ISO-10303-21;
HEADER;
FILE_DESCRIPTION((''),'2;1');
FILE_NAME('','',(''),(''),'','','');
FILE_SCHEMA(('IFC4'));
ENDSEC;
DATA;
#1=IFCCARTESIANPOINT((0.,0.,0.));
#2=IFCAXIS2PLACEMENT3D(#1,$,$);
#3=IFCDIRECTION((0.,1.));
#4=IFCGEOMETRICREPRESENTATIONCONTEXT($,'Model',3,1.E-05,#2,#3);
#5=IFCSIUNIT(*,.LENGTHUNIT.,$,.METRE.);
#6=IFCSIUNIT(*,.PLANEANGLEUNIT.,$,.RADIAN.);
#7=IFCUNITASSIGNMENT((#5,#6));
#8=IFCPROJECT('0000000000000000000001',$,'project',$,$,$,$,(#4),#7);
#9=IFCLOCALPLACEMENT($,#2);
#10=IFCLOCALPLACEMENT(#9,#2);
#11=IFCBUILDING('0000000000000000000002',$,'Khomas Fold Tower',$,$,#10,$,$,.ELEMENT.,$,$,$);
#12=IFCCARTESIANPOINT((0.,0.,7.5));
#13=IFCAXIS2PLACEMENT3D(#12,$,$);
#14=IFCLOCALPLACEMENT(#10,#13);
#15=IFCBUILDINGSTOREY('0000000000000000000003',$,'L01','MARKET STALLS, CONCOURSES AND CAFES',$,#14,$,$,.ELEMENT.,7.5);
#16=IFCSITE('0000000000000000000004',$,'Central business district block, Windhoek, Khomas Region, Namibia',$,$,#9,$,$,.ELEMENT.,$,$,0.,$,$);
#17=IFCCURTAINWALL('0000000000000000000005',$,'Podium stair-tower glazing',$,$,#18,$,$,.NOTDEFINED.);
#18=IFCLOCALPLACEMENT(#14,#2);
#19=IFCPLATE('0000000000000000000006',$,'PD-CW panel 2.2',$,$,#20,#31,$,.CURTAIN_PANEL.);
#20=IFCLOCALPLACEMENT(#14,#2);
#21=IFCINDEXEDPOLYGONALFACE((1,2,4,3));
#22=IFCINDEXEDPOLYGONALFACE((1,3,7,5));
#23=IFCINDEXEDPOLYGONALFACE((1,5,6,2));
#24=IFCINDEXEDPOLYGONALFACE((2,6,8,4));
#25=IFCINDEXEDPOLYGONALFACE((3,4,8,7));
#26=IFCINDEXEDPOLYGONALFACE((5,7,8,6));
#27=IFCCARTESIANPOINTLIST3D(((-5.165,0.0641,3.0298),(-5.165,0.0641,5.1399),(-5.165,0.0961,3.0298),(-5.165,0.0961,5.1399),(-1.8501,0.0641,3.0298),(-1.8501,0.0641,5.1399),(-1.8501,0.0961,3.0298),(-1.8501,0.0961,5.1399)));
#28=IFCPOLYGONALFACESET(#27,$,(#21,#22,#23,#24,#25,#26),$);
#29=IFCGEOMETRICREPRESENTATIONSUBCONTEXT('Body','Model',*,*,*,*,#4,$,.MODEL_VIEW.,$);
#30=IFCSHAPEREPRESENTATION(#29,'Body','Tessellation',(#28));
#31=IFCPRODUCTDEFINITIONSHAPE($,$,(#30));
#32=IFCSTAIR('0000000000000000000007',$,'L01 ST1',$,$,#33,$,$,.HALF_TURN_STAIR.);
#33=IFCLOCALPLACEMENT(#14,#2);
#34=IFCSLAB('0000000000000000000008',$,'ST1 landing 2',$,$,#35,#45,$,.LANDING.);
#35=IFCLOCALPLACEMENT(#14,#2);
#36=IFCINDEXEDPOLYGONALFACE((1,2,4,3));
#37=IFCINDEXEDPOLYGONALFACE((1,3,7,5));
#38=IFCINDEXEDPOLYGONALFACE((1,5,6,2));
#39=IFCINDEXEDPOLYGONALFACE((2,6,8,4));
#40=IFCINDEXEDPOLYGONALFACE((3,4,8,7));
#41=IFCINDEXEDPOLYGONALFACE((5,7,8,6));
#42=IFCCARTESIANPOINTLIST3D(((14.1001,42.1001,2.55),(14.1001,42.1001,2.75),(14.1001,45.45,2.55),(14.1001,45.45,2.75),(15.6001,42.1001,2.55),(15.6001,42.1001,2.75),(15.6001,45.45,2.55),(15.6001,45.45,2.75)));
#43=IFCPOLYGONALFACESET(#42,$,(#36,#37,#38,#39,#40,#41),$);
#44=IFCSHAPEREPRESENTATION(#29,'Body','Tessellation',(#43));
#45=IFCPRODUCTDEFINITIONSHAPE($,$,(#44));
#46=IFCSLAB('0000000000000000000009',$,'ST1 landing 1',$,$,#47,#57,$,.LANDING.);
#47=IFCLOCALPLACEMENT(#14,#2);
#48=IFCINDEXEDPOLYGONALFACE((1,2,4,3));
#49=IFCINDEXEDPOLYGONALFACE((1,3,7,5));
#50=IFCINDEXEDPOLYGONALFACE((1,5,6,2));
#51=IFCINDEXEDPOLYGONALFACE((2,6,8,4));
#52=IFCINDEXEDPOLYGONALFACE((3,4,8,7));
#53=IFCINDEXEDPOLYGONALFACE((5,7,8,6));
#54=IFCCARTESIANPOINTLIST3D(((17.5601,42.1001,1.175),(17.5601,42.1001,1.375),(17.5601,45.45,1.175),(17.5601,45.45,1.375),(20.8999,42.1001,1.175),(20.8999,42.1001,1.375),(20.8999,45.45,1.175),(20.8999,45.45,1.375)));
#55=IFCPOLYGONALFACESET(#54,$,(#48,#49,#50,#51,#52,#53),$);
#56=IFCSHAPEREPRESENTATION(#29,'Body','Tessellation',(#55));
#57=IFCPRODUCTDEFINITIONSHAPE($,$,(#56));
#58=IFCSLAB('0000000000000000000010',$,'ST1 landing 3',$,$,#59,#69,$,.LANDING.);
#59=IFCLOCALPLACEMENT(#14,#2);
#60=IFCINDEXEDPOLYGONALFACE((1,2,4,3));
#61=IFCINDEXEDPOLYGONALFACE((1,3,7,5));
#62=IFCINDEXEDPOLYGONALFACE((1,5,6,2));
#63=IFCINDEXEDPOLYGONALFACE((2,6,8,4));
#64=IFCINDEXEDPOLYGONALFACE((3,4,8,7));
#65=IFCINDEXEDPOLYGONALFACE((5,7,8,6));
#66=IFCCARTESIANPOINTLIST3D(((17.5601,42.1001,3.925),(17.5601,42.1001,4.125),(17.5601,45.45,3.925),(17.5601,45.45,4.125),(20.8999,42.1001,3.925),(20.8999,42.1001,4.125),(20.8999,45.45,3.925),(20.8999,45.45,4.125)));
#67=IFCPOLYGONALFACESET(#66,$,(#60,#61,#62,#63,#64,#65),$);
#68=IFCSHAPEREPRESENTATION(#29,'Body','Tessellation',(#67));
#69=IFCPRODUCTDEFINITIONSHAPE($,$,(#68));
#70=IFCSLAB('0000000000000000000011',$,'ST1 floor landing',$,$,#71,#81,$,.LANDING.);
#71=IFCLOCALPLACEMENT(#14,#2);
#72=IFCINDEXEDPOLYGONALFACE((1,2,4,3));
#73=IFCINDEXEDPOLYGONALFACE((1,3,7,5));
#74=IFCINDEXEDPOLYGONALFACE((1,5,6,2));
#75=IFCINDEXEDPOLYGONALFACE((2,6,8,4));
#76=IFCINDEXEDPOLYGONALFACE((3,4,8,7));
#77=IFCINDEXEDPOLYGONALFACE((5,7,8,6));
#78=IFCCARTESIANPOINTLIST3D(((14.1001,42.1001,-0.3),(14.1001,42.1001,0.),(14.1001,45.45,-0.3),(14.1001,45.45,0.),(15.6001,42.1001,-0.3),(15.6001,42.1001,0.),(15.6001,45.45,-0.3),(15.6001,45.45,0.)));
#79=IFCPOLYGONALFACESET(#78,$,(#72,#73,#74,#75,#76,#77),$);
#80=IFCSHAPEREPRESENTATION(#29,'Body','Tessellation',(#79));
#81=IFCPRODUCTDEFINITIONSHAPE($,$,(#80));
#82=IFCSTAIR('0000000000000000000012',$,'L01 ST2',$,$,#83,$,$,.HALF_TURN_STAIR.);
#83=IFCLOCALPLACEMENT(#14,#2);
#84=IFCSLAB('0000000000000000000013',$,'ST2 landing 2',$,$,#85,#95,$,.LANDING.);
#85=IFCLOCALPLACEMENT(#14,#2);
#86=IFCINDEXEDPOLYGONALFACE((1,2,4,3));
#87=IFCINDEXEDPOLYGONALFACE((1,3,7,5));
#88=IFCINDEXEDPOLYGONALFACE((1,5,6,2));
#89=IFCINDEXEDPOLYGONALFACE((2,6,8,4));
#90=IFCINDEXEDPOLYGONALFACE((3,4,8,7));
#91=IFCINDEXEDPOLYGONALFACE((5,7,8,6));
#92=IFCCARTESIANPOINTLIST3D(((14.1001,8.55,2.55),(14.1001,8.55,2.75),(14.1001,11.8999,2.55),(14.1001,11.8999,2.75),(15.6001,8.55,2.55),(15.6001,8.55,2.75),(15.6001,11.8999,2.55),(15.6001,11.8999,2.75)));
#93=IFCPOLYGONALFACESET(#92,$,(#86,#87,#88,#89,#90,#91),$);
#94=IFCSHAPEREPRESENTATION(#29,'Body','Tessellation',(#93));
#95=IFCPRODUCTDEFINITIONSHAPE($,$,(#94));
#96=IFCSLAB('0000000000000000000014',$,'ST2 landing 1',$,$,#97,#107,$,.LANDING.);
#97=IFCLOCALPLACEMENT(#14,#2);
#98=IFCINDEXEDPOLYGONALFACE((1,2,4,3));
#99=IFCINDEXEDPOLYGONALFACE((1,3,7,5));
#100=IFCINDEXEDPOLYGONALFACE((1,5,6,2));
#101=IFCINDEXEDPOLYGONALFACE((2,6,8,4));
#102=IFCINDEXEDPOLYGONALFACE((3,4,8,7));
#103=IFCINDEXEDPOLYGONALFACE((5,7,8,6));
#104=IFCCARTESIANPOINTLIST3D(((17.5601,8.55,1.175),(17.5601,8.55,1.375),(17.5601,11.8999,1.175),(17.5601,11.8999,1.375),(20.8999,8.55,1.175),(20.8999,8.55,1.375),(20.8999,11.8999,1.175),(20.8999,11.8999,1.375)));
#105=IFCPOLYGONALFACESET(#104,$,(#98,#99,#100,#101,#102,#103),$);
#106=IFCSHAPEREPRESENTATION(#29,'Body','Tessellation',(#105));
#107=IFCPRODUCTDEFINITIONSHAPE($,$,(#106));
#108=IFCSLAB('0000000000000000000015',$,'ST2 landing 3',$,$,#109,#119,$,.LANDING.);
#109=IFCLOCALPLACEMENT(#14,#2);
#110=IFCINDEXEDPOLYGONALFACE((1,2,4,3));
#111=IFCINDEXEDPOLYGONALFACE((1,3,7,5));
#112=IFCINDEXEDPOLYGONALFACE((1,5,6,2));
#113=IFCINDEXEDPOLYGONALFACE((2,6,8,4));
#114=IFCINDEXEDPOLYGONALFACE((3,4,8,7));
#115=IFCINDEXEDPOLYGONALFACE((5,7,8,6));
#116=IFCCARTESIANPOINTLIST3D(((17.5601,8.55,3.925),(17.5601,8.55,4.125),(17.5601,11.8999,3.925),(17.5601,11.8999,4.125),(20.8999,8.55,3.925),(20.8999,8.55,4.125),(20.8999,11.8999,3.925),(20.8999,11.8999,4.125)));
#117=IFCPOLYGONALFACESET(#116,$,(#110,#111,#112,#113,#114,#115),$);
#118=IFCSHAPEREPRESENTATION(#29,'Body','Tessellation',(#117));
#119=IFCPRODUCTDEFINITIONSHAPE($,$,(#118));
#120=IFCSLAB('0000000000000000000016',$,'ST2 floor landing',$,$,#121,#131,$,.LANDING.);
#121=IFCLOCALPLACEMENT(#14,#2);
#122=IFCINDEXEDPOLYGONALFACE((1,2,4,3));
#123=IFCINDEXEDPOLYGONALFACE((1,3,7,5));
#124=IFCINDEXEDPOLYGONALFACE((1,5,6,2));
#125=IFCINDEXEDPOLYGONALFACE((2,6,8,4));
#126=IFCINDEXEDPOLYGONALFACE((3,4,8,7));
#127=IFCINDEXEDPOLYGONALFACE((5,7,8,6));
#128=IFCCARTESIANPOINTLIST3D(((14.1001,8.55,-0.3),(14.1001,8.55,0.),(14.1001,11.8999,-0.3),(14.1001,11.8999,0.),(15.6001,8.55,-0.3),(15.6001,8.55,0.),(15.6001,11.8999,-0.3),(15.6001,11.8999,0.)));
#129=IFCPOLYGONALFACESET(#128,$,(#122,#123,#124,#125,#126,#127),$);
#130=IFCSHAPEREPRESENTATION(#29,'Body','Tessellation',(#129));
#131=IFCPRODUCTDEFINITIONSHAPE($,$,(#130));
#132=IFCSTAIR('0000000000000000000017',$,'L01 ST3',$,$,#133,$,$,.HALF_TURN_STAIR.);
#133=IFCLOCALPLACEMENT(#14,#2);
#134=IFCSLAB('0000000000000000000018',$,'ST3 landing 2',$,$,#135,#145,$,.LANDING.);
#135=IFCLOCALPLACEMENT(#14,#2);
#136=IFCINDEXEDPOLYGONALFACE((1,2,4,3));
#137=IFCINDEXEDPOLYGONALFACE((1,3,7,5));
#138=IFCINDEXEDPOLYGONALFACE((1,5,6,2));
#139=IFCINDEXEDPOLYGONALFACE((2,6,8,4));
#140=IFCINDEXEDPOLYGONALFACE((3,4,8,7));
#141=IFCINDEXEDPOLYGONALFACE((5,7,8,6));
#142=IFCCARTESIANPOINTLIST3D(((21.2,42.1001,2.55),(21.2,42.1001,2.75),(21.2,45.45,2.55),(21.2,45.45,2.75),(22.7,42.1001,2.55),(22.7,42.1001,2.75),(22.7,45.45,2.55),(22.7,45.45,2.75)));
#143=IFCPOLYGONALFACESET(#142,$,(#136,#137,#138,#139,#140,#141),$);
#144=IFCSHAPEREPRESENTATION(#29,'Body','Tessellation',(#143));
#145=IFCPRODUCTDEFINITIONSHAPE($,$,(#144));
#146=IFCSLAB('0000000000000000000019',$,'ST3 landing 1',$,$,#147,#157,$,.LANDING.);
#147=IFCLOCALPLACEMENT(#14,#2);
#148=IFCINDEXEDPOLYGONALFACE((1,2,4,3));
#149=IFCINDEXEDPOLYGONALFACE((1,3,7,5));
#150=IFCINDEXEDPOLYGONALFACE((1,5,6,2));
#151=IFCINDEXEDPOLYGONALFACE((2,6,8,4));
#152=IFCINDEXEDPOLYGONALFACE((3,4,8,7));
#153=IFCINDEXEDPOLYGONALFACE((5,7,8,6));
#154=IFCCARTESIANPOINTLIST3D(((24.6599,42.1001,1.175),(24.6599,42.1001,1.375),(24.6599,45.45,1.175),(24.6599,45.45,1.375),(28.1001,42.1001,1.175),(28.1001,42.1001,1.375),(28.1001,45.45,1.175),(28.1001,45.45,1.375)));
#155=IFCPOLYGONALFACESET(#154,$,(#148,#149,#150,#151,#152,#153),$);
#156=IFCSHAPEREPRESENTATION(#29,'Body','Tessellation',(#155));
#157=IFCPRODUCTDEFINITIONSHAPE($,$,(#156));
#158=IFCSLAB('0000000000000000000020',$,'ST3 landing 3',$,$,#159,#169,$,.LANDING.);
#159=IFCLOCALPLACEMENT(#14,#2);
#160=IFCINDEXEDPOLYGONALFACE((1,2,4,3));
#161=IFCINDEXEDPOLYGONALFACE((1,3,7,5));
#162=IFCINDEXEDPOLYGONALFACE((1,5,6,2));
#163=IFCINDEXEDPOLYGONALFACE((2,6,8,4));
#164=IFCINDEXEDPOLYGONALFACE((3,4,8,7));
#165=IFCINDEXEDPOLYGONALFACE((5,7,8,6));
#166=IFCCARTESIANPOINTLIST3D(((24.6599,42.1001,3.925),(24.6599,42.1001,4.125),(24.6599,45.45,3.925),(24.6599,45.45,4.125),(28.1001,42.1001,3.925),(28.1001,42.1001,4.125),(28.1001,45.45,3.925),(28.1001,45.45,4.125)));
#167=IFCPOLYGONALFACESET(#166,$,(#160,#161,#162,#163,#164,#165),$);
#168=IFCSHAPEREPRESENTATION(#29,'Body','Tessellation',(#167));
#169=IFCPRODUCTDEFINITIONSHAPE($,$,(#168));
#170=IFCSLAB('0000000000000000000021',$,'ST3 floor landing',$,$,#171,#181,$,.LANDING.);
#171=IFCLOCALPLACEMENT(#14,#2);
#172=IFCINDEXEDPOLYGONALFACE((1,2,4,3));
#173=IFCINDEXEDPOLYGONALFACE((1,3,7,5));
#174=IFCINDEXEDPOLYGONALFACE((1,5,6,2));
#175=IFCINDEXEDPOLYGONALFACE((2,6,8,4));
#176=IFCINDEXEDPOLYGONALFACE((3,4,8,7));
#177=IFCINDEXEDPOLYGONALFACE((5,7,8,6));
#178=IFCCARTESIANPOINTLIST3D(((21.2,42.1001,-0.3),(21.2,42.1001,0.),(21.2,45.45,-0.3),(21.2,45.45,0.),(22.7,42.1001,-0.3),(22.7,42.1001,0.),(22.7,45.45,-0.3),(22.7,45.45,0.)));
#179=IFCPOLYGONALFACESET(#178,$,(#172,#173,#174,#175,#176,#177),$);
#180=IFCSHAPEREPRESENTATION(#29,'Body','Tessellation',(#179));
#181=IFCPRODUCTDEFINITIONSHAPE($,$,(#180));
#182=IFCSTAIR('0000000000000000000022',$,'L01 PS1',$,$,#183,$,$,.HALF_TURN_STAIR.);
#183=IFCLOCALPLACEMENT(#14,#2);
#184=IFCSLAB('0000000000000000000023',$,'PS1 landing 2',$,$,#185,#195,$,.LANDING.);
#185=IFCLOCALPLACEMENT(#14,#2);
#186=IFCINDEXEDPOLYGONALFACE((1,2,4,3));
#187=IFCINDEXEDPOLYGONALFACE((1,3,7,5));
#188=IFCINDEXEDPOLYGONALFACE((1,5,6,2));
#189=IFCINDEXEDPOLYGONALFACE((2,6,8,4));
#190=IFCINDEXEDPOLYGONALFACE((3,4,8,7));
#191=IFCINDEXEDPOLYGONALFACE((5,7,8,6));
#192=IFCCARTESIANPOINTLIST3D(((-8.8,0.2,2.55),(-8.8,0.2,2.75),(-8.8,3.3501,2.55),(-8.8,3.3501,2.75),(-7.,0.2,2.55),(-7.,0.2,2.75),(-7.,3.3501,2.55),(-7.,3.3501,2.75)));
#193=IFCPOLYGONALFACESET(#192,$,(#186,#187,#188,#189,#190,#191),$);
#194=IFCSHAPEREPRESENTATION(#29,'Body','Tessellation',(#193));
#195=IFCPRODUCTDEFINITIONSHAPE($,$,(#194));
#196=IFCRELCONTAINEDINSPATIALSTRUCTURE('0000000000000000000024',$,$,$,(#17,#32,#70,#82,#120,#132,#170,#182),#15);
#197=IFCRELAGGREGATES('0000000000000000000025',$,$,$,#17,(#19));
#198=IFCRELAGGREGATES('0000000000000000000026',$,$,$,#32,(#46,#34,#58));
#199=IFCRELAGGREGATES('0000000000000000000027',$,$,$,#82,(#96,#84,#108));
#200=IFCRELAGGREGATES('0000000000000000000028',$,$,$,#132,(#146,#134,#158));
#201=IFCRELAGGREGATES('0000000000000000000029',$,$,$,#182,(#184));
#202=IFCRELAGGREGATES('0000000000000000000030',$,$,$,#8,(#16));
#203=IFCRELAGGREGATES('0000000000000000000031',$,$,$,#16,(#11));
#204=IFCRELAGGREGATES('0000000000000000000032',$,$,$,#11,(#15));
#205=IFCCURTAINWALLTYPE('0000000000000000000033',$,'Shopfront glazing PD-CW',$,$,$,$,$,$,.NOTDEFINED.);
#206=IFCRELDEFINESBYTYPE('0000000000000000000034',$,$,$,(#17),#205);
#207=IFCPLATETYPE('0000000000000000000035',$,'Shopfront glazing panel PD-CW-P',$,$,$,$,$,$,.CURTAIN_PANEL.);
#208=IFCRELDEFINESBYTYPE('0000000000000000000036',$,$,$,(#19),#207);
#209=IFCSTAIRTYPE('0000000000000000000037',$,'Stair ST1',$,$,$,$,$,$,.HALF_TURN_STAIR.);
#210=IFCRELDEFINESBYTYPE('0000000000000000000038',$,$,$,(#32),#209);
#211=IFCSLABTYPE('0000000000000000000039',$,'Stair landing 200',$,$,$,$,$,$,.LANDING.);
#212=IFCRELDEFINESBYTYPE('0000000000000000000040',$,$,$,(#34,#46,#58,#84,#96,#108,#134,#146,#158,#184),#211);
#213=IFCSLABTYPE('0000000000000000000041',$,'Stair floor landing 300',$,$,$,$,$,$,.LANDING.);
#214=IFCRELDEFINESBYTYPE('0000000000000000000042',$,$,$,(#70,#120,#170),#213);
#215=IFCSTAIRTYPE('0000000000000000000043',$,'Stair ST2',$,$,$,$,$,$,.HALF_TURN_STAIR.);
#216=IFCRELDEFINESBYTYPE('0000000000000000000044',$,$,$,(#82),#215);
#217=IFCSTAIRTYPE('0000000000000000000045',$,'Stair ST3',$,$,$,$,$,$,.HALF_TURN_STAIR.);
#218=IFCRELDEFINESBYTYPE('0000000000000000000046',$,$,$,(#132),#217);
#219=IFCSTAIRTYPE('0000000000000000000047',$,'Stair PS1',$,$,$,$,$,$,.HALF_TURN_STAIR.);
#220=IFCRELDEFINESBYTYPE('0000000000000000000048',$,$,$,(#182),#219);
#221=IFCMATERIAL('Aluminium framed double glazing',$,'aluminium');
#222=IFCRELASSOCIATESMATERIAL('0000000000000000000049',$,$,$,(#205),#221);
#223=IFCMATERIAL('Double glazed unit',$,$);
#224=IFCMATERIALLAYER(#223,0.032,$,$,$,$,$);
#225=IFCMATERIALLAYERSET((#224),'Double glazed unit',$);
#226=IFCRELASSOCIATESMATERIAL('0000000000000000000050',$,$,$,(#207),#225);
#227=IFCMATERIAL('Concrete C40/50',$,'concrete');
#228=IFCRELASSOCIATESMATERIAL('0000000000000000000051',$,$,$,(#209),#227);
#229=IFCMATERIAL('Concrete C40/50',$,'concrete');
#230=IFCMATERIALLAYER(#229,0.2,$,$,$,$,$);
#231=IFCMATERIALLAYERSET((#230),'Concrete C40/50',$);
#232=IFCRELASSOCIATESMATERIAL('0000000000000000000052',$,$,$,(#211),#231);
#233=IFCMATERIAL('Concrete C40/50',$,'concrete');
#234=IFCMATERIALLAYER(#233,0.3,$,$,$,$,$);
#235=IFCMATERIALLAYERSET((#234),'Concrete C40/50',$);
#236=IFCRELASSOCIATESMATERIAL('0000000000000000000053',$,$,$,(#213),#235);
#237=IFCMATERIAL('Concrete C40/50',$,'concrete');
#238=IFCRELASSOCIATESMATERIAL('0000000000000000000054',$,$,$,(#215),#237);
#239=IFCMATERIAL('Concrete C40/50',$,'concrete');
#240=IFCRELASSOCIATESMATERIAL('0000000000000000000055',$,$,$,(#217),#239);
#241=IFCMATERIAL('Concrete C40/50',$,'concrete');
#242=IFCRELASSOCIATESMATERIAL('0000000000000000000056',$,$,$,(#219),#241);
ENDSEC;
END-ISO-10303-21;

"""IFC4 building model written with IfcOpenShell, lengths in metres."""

from ifc_helpers import new_model, si_unit, direction, frame, origin, origin_2d, place, context, subcontext, project, spatial, polyline, rectangle, outline, extrude, source, transform, mapped, material, layer, layer_set, type_object, element, aggregate, save


model = new_model("IFC4")

# Units and contexts
model_context = context("Model", 3, precision=1e-05, world=origin(), true_north=direction((0.0, 1.0)))
body_context = subcontext(model_context, "Body", "Model", "MODEL_VIEW")
ifc_project = project(units=[si_unit("LENGTHUNIT", "METRE"), si_unit("PLANEANGLEUNIT", "RADIAN")], contexts=[model_context])

# Site, building, storey
site_placement = place(None, origin())
site = spatial("IfcSite", under=ifc_project, at=site_placement, Name="Central business district block, Windhoek, Khomas Region, Namibia", CompositionType="ELEMENT", RefElevation=0.0)
building_placement = place(site_placement, origin())
building = spatial("IfcBuilding", under=site, at=building_placement, Name="Khomas Fold Tower", CompositionType="ELEMENT")
storey_placement = place(building_placement, frame((0.0, 0.0, 7.5)))
storey = spatial("IfcBuildingStorey", under=building, at=storey_placement, Name="L01", Description="MARKET STALLS, CONCOURSES AND CAFES", CompositionType="ELEMENT", Elevation=7.5)

# Curtain wall
ifc_material_1 = material(Name="Aluminium framed double glazing", Category="aluminium")
curtain_wall_type = type_object("IfcCurtainWallType", Name="Shopfront glazing PD-CW", PredefinedType="NOTDEFINED", material=ifc_material_1)
curtain_wall_placement = place(storey_placement, origin())
curtain_wall = element("IfcCurtainWall", 1, at=curtain_wall_placement, inside=storey, type_object=curtain_wall_type, Name="Podium stair-tower glazing", PredefinedType="NOTDEFINED")

# Plate
ifc_material_2 = material(Name="Double glazed unit")
ifc_layer_1 = layer(ifc_material_2, 0.032)
ifc_layer_set_1 = layer_set([ifc_layer_1], Name="Double glazed unit")
plate_type = type_object("IfcPlateType", Name="Shopfront glazing panel PD-CW-P", PredefinedType="CURTAIN_PANEL", material=ifc_layer_set_1)
shared_shape_1 = source(origin(), body_context, "Body", "SweptSolid", [
    extrude(rectangle(XDim=3.3149, YDim=0.032, at=origin_2d()), origin(), (0.0, 0.0, 1.0), 2.1101),
])
plate_placement = place(storey_placement, frame((-3.5076, 0.0801, 3.0298), z_axis=(0.0, 0.0, 1.0), x_axis=(1.0, 0.0, 0.0)))
plate = element("IfcPlate", 2, at=plate_placement, type_object=plate_type, Name="PD-CW panel 2.2", PredefinedType="CURTAIN_PANEL", context=body_context, shape_type="MappedRepresentation", body=[
    mapped(shared_shape_1, transform((0.0, 0.0, 0.0))),
])
aggregate(curtain_wall, [plate])

# Stair, slabs
ifc_material_3 = material(Name="Concrete C40/50", Category="concrete")
stair_type_1 = type_object("IfcStairType", Name="Stair ST1", PredefinedType="HALF_TURN_STAIR", material=ifc_material_3)
stair_1_placement = place(storey_placement, origin())
stair_1 = element("IfcStair", 3, at=stair_1_placement, inside=storey, type_object=stair_type_1, Name="L01 ST1", PredefinedType="HALF_TURN_STAIR")
ifc_material_4 = material(Name="Concrete C40/50", Category="concrete")
ifc_layer_2 = layer(ifc_material_4, 0.2)
ifc_layer_set_2 = layer_set([ifc_layer_2], Name="Concrete C40/50")
slab_type_1 = type_object("IfcSlabType", Name="Stair landing 200", PredefinedType="LANDING", material=ifc_layer_set_2)
shared_shape_2 = source(origin(), body_context, "Body", "SweptSolid", [
    extrude(outline(polyline([(14.1001, 42.1001), (15.6001, 42.1001), (15.6001, 45.45), (14.1001, 45.45), (14.1001, 42.1001)])), origin(), (0.0, 0.0, 1.0), 0.2),
])
slab_1_placement = place(storey_placement, frame((0.0, 0.0, 2.55)))
slab_1 = element("IfcSlab", 4, at=slab_1_placement, type_object=slab_type_1, Name="ST1 landing 2", PredefinedType="LANDING", context=body_context, shape_type="MappedRepresentation", body=[
    mapped(shared_shape_2, transform((0.0, 0.0, 0.0))),
])
shared_shape_3 = source(origin(), body_context, "Body", "SweptSolid", [
    extrude(outline(polyline([(17.5601, 42.1001), (20.8999, 42.1001), (20.8999, 45.45), (17.5601, 45.45), (17.5601, 42.1001)])), origin(), (0.0, 0.0, 1.0), 0.2),
])
slab_2_placement = place(storey_placement, frame((0.0, 0.0, 1.175)))
slab_2 = element("IfcSlab", 5, at=slab_2_placement, type_object=slab_type_1, Name="ST1 landing 1", PredefinedType="LANDING", context=body_context, shape_type="MappedRepresentation", body=[
    mapped(shared_shape_3, transform((0.0, 0.0, 0.0))),
])
slab_3_placement = place(storey_placement, frame((0.0, 0.0, 3.925)))
slab_3 = element("IfcSlab", 6, at=slab_3_placement, type_object=slab_type_1, Name="ST1 landing 3", PredefinedType="LANDING", context=body_context, shape_type="MappedRepresentation", body=[
    mapped(shared_shape_3, transform((0.0, 0.0, 0.0))),
])
aggregate(stair_1, [slab_2, slab_1, slab_3])

# Slab
ifc_material_5 = material(Name="Concrete C40/50", Category="concrete")
ifc_layer_3 = layer(ifc_material_5, 0.3)
ifc_layer_set_3 = layer_set([ifc_layer_3], Name="Concrete C40/50")
slab_type_2 = type_object("IfcSlabType", Name="Stair floor landing 300", PredefinedType="LANDING", material=ifc_layer_set_3)
shared_shape_4 = source(origin(), body_context, "Body", "SweptSolid", [
    extrude(outline(polyline([(14.1001, 45.45), (15.6001, 45.45), (15.6001, 42.1001), (14.1001, 42.1001), (14.1001, 45.45)])), origin(), (0.0, 0.0, 1.0), 0.3),
])
slab_4_placement = place(storey_placement, frame((0.0, 0.0, -0.3)))
element("IfcSlab", 7, at=slab_4_placement, inside=storey, type_object=slab_type_2, Name="ST1 floor landing", PredefinedType="LANDING", context=body_context, shape_type="MappedRepresentation", body=[
    mapped(shared_shape_4, transform((0.0, 0.0, 0.0))),
])

# Stair, slabs
ifc_material_6 = material(Name="Concrete C40/50", Category="concrete")
stair_type_2 = type_object("IfcStairType", Name="Stair ST2", PredefinedType="HALF_TURN_STAIR", material=ifc_material_6)
stair_2_placement = place(storey_placement, origin())
stair_2 = element("IfcStair", 8, at=stair_2_placement, inside=storey, type_object=stair_type_2, Name="L01 ST2", PredefinedType="HALF_TURN_STAIR")
shared_shape_5 = source(origin(), body_context, "Body", "SweptSolid", [
    extrude(outline(polyline([(14.1001, 8.55), (15.6001, 8.55), (15.6001, 11.8999), (14.1001, 11.8999), (14.1001, 8.55)])), origin(), (0.0, 0.0, 1.0), 0.2),
])
slab_5_placement = place(storey_placement, frame((0.0, 0.0, 2.55)))
slab_5 = element("IfcSlab", 9, at=slab_5_placement, type_object=slab_type_1, Name="ST2 landing 2", PredefinedType="LANDING", context=body_context, shape_type="MappedRepresentation", body=[
    mapped(shared_shape_5, transform((0.0, 0.0, 0.0))),
])
shared_shape_6 = source(origin(), body_context, "Body", "SweptSolid", [
    extrude(outline(polyline([(17.5601, 8.55), (20.8999, 8.55), (20.8999, 11.8999), (17.5601, 11.8999), (17.5601, 8.55)])), origin(), (0.0, 0.0, 1.0), 0.2),
])
slab_6_placement = place(storey_placement, frame((0.0, 0.0, 1.175)))
slab_6 = element("IfcSlab", 10, at=slab_6_placement, type_object=slab_type_1, Name="ST2 landing 1", PredefinedType="LANDING", context=body_context, shape_type="MappedRepresentation", body=[
    mapped(shared_shape_6, transform((0.0, 0.0, 0.0))),
])
slab_7_placement = place(storey_placement, frame((0.0, 0.0, 3.925)))
slab_7 = element("IfcSlab", 11, at=slab_7_placement, type_object=slab_type_1, Name="ST2 landing 3", PredefinedType="LANDING", context=body_context, shape_type="MappedRepresentation", body=[
    mapped(shared_shape_6, transform((0.0, 0.0, 0.0))),
])
aggregate(stair_2, [slab_6, slab_5, slab_7])

# Slab
shared_shape_7 = source(origin(), body_context, "Body", "SweptSolid", [
    extrude(outline(polyline([(14.1001, 11.8999), (15.6001, 11.8999), (15.6001, 8.55), (14.1001, 8.55), (14.1001, 11.8999)])), origin(), (0.0, 0.0, 1.0), 0.3),
])
slab_8_placement = place(storey_placement, frame((0.0, 0.0, -0.3)))
element("IfcSlab", 12, at=slab_8_placement, inside=storey, type_object=slab_type_2, Name="ST2 floor landing", PredefinedType="LANDING", context=body_context, shape_type="MappedRepresentation", body=[
    mapped(shared_shape_7, transform((0.0, 0.0, 0.0))),
])

# Stair, slabs
ifc_material_7 = material(Name="Concrete C40/50", Category="concrete")
stair_type_3 = type_object("IfcStairType", Name="Stair ST3", PredefinedType="HALF_TURN_STAIR", material=ifc_material_7)
stair_3_placement = place(storey_placement, origin())
stair_3 = element("IfcStair", 13, at=stair_3_placement, inside=storey, type_object=stair_type_3, Name="L01 ST3", PredefinedType="HALF_TURN_STAIR")
shared_shape_8 = source(origin(), body_context, "Body", "SweptSolid", [
    extrude(outline(polyline([(21.2, 42.1001), (22.7, 42.1001), (22.7, 45.45), (21.2, 45.45), (21.2, 42.1001)])), origin(), (0.0, 0.0, 1.0), 0.2),
])
slab_9_placement = place(storey_placement, frame((0.0, 0.0, 2.55)))
slab_9 = element("IfcSlab", 14, at=slab_9_placement, type_object=slab_type_1, Name="ST3 landing 2", PredefinedType="LANDING", context=body_context, shape_type="MappedRepresentation", body=[
    mapped(shared_shape_8, transform((0.0, 0.0, 0.0))),
])
shared_shape_9 = source(origin(), body_context, "Body", "SweptSolid", [
    extrude(outline(polyline([(24.6599, 42.1001), (28.1001, 42.1001), (28.1001, 45.45), (24.6599, 45.45), (24.6599, 42.1001)])), origin(), (0.0, 0.0, 1.0), 0.2),
])
slab_10_placement = place(storey_placement, frame((0.0, 0.0, 1.175)))
slab_10 = element("IfcSlab", 15, at=slab_10_placement, type_object=slab_type_1, Name="ST3 landing 1", PredefinedType="LANDING", context=body_context, shape_type="MappedRepresentation", body=[
    mapped(shared_shape_9, transform((0.0, 0.0, 0.0))),
])
slab_11_placement = place(storey_placement, frame((0.0, 0.0, 3.925)))
slab_11 = element("IfcSlab", 16, at=slab_11_placement, type_object=slab_type_1, Name="ST3 landing 3", PredefinedType="LANDING", context=body_context, shape_type="MappedRepresentation", body=[
    mapped(shared_shape_9, transform((0.0, 0.0, 0.0))),
])
aggregate(stair_3, [slab_10, slab_9, slab_11])

# Slab
shared_shape_10 = source(origin(), body_context, "Body", "SweptSolid", [
    extrude(outline(polyline([(21.2, 45.45), (22.7, 45.45), (22.7, 42.1001), (21.2, 42.1001), (21.2, 45.45)])), origin(), (0.0, 0.0, 1.0), 0.3),
])
slab_12_placement = place(storey_placement, frame((0.0, 0.0, -0.3)))
element("IfcSlab", 17, at=slab_12_placement, inside=storey, type_object=slab_type_2, Name="ST3 floor landing", PredefinedType="LANDING", context=body_context, shape_type="MappedRepresentation", body=[
    mapped(shared_shape_10, transform((0.0, 0.0, 0.0))),
])

# Stair, slab
ifc_material_8 = material(Name="Concrete C40/50", Category="concrete")
stair_type_4 = type_object("IfcStairType", Name="Stair PS1", PredefinedType="HALF_TURN_STAIR", material=ifc_material_8)
stair_4_placement = place(storey_placement, origin())
stair_4 = element("IfcStair", 18, at=stair_4_placement, inside=storey, type_object=stair_type_4, Name="L01 PS1", PredefinedType="HALF_TURN_STAIR")
shared_shape_11 = source(origin(), body_context, "Body", "SweptSolid", [
    extrude(outline(polyline([(-8.8, 0.2), (-7.0, 0.2), (-7.0, 3.3501), (-8.8, 3.3501), (-8.8, 0.2)])), origin(), (0.0, 0.0, 1.0), 0.2),
])
slab_13_placement = place(storey_placement, frame((0.0, 0.0, 2.55)))
slab_13 = element("IfcSlab", 19, at=slab_13_placement, type_object=slab_type_1, Name="PS1 landing 2", PredefinedType="LANDING", context=body_context, shape_type="MappedRepresentation", body=[
    mapped(shared_shape_11, transform((0.0, 0.0, 0.0))),
])
aggregate(stair_4, [slab_13])

save(model, "model.ifc")
